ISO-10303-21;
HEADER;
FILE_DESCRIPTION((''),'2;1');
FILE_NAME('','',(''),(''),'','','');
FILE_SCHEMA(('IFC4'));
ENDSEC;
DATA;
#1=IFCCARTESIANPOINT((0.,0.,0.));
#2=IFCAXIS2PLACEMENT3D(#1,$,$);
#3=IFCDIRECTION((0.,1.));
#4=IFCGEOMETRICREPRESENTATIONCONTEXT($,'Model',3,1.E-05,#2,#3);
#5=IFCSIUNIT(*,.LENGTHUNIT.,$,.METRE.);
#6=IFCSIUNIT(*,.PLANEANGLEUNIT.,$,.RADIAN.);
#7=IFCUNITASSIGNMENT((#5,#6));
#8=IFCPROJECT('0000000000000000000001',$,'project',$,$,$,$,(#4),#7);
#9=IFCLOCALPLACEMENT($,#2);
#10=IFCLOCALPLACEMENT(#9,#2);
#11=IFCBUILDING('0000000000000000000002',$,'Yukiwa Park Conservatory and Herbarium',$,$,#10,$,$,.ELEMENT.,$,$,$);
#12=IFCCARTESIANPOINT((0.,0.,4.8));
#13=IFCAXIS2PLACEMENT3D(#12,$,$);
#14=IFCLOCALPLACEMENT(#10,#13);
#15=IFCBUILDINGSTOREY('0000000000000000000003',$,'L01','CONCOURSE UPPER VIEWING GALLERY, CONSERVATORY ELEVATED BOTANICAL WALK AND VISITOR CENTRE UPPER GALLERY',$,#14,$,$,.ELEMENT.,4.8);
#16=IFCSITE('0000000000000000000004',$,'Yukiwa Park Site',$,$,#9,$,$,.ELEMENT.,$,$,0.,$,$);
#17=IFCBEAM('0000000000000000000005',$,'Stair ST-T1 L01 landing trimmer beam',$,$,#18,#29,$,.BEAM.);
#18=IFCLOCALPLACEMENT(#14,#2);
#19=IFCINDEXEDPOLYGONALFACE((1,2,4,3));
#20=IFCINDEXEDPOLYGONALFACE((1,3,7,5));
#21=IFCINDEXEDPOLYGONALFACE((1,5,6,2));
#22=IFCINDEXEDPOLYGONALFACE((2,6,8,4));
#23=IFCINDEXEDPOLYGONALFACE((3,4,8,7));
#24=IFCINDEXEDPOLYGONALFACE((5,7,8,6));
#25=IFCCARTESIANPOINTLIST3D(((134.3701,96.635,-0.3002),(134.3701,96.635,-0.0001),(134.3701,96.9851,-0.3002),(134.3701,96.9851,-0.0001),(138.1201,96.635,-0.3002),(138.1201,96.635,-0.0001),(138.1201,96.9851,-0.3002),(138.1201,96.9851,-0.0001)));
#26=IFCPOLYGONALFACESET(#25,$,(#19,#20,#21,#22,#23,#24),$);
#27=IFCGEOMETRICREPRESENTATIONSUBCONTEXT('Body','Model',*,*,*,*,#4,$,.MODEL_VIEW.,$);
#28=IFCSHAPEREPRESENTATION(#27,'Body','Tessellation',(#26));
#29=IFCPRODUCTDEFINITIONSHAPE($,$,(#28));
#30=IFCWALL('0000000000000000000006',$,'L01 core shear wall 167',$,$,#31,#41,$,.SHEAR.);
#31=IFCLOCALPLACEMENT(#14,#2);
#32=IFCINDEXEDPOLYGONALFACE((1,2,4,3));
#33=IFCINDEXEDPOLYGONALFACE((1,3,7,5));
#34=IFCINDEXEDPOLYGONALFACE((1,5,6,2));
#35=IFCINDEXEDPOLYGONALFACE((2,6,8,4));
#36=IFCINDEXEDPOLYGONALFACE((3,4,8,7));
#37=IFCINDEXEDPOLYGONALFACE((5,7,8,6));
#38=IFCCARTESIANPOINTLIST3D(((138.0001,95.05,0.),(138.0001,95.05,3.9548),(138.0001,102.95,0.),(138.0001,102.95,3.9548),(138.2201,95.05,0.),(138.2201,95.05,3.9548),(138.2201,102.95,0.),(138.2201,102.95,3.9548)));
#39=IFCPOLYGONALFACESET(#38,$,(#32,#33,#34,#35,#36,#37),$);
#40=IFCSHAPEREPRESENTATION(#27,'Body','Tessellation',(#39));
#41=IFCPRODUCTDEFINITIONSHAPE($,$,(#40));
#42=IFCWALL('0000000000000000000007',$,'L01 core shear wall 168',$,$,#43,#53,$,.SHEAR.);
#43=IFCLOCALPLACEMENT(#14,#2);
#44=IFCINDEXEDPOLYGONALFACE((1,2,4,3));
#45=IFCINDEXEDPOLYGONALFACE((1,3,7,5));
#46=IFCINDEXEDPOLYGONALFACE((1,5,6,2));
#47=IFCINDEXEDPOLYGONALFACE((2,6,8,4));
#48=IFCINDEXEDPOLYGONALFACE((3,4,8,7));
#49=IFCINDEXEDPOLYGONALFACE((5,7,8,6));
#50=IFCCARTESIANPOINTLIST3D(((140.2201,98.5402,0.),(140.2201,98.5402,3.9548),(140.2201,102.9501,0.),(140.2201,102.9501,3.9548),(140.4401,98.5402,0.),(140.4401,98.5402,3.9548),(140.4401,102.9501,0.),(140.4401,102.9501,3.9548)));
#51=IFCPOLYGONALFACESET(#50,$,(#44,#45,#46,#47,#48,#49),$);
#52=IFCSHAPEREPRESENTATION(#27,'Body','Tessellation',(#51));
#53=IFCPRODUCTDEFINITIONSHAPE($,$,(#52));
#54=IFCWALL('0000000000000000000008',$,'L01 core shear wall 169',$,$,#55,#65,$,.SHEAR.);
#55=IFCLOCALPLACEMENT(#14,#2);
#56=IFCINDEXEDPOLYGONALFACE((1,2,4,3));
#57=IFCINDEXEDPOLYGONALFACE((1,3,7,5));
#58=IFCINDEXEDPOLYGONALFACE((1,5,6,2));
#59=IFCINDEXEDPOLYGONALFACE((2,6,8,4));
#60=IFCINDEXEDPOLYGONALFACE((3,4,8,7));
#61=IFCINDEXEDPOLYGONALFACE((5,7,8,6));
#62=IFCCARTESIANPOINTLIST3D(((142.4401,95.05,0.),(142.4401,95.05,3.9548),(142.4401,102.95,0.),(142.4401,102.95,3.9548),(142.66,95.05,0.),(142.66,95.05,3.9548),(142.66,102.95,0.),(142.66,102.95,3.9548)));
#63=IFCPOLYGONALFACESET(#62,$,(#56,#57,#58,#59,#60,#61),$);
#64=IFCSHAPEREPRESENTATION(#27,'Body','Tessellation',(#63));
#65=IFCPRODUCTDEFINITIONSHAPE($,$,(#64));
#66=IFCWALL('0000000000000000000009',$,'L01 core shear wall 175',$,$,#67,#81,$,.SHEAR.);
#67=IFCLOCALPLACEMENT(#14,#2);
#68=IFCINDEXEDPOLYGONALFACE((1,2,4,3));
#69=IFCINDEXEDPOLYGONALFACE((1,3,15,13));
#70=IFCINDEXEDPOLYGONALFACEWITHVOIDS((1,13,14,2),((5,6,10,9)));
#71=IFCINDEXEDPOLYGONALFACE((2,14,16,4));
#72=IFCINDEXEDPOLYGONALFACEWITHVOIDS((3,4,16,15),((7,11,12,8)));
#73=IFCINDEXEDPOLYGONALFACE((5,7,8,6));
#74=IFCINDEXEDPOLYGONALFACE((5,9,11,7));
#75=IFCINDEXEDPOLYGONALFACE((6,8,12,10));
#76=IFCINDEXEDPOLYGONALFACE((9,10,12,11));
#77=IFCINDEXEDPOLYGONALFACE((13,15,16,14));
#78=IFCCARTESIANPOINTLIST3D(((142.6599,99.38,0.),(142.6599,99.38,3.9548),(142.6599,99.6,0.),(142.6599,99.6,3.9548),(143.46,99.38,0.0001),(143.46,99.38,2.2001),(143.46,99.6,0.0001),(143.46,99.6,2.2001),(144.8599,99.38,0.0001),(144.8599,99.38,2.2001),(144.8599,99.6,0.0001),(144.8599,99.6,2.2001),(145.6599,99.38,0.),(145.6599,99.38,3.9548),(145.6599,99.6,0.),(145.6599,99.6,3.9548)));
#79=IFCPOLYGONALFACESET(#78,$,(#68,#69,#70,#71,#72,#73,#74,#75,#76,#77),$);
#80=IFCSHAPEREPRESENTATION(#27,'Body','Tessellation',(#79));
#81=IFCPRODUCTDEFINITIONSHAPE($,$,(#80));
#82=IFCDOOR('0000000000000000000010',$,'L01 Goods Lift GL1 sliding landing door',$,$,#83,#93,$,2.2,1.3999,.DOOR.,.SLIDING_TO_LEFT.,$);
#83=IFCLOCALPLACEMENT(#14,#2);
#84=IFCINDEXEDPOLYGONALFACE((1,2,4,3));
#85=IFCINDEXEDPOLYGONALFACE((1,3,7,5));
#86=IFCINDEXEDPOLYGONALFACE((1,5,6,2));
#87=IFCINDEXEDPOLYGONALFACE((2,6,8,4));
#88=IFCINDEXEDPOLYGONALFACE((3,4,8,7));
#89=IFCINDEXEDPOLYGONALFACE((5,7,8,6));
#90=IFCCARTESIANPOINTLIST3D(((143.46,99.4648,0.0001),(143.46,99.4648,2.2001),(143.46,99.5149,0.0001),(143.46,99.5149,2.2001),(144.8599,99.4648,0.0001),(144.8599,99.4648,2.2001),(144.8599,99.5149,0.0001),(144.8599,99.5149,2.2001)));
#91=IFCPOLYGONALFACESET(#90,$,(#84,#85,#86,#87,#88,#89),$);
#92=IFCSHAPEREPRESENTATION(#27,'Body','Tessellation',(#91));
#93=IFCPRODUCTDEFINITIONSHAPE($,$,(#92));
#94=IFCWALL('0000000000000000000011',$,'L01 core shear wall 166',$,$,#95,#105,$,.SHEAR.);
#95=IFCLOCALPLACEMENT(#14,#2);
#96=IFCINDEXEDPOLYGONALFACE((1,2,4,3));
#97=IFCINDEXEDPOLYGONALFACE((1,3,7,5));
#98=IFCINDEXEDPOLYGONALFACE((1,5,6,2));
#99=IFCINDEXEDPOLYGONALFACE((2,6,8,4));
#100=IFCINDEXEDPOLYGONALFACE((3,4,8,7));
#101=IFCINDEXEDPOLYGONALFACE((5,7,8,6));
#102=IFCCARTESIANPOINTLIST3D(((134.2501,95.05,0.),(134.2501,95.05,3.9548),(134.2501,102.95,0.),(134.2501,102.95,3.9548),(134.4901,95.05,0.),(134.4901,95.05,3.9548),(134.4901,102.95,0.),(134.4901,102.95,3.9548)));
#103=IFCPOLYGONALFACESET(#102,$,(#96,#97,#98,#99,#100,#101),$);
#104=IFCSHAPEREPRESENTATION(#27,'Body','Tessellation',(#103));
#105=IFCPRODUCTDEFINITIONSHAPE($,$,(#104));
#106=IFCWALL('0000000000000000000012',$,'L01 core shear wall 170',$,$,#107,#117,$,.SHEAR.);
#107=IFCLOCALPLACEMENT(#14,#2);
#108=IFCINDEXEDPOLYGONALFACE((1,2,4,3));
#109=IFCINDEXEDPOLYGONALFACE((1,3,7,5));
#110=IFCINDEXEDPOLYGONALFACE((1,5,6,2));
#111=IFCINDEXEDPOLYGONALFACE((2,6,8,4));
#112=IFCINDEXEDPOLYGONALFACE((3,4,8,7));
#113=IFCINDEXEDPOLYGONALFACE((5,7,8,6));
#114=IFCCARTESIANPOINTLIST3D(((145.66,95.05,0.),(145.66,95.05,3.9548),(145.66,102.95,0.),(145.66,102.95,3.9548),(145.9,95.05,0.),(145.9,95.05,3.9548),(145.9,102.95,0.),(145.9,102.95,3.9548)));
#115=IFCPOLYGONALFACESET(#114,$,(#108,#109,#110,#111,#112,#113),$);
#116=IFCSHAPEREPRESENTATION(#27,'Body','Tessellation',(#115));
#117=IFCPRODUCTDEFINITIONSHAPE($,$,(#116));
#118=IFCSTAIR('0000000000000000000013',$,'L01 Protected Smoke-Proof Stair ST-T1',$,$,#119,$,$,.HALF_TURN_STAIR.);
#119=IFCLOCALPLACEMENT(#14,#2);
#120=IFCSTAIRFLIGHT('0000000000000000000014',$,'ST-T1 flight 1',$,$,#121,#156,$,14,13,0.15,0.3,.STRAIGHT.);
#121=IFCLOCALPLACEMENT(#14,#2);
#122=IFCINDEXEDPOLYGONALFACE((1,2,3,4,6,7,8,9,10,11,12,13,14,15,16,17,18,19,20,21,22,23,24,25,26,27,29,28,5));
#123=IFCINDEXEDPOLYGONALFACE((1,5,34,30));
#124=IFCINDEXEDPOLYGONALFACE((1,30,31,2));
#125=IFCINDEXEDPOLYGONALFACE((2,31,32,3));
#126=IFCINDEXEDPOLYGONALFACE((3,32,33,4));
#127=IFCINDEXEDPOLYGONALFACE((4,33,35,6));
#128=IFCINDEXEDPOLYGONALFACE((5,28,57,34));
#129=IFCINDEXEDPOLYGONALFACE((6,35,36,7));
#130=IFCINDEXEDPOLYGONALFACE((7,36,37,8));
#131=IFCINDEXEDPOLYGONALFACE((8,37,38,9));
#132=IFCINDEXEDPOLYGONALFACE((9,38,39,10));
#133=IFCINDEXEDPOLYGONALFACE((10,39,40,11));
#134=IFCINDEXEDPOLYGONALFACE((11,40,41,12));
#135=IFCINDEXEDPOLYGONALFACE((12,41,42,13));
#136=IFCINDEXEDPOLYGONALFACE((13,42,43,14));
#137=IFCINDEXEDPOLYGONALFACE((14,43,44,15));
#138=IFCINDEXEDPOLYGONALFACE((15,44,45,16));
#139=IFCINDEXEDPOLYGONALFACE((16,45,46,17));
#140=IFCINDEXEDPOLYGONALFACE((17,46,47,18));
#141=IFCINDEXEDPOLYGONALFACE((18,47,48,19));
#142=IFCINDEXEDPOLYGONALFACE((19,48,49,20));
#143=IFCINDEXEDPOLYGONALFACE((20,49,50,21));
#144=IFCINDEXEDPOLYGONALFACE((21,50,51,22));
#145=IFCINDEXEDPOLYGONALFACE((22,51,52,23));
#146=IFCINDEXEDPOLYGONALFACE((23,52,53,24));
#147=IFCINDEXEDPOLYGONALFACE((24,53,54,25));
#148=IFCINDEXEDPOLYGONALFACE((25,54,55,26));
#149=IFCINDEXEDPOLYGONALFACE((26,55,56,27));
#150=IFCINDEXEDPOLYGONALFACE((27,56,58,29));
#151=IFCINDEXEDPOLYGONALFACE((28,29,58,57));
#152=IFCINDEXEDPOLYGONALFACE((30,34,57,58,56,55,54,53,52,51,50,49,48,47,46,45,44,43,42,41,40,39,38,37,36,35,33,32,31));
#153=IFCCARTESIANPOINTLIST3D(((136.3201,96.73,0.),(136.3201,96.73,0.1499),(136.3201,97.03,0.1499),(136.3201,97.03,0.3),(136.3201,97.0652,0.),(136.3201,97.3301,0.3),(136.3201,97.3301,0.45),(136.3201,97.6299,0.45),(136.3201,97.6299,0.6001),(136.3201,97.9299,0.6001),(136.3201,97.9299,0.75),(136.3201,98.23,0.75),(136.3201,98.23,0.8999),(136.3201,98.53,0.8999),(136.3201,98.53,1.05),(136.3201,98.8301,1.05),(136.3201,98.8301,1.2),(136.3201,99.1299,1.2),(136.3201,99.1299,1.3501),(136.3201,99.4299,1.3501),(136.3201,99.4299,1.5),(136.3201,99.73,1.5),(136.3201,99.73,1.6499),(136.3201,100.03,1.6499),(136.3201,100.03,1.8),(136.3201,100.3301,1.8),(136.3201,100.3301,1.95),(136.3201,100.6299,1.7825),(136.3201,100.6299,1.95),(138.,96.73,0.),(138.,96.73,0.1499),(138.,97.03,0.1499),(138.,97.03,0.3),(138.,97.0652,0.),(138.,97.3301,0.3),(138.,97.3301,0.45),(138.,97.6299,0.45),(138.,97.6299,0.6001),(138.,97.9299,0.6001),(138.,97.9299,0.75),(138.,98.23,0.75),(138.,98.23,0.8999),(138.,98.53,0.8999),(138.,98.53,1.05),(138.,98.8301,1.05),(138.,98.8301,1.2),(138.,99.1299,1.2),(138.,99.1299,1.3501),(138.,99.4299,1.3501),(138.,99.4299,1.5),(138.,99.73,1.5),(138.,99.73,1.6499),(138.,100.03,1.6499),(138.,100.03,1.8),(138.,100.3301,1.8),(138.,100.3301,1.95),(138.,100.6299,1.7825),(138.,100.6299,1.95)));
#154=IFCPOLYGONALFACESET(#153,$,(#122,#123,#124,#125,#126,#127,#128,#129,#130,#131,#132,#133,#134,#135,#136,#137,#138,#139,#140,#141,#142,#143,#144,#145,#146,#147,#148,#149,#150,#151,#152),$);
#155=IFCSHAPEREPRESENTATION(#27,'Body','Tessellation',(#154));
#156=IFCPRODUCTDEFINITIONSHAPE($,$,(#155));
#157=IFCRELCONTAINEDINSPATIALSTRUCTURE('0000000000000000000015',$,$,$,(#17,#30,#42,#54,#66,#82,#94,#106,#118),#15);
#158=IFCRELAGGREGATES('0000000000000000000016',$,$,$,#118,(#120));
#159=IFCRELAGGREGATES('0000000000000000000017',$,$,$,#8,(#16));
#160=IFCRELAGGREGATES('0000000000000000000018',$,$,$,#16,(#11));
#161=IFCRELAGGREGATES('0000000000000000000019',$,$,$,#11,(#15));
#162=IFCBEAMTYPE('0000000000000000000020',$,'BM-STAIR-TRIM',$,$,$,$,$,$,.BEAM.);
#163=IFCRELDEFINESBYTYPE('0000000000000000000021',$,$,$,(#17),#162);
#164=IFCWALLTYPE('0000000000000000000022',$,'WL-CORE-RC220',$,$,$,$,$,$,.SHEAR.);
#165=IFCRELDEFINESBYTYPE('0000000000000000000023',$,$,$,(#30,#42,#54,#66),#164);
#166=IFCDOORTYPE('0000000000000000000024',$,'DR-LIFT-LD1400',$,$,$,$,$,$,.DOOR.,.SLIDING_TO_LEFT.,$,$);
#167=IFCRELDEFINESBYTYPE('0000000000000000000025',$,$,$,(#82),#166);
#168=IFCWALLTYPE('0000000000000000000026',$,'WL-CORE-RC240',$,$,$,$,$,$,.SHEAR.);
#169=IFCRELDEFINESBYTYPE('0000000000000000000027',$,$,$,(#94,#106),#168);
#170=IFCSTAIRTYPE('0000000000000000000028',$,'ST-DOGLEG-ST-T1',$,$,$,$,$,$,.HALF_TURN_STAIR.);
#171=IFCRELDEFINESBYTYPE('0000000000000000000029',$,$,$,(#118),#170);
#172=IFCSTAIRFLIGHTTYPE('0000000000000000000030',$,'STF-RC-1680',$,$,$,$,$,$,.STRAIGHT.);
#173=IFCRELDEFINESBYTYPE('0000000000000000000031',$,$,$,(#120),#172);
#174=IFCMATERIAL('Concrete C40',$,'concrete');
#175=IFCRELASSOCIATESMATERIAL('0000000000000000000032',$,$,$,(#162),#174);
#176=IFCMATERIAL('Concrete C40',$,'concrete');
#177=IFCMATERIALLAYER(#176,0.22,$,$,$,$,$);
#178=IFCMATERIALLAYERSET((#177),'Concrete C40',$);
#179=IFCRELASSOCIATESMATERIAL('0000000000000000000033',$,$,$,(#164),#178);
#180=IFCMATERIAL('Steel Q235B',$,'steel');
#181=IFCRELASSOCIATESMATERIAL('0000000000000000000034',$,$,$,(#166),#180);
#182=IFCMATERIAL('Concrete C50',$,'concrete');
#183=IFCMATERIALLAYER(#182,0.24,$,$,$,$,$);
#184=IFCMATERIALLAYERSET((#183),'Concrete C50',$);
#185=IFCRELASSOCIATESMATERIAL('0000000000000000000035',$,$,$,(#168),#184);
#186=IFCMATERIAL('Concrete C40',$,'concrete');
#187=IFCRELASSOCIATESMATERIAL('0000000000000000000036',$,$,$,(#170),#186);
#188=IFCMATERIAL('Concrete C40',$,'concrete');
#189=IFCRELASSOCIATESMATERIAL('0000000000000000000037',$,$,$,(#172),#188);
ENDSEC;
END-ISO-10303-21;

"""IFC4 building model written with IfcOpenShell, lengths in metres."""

from ifc_helpers import new_model, si_unit, direction, frame, frame_2d, origin, origin_2d, place, context, subcontext, project, spatial, polyline, rectangle, outline, extrude, material, layer, layer_set, material_profile, profile_set, type_object, element, fill, aggregate, save


model = new_model("IFC4")

# Units and contexts
model_context = context("Model", 3, precision=1e-05, world=origin(), true_north=direction((0.0, 1.0)))
body_context = subcontext(model_context, "Body", "Model", "MODEL_VIEW")
ifc_project = project(units=[si_unit("LENGTHUNIT", "METRE"), si_unit("PLANEANGLEUNIT", "RADIAN")], contexts=[model_context])

# Site, building, storey
site_placement = place(None, origin())
site = spatial("IfcSite", under=ifc_project, at=site_placement, Name="Yukiwa Park Site", CompositionType="ELEMENT", RefElevation=0.0)
building_placement = place(site_placement, origin())
building = spatial("IfcBuilding", under=site, at=building_placement, Name="Yukiwa Park Conservatory and Herbarium", CompositionType="ELEMENT")
storey_placement = place(building_placement, frame((0.0, 0.0, 4.8)))
storey = spatial("IfcBuildingStorey", under=building, at=storey_placement, Name="L01", Description="CONCOURSE UPPER VIEWING GALLERY, CONSERVATORY ELEVATED BOTANICAL WALK AND VISITOR CENTRE UPPER GALLERY", CompositionType="ELEMENT", Elevation=4.8)

# Beam
ifc_material_1 = material(Name="Concrete C40", Category="concrete")
ifc_material_profile = material_profile(ifc_material_1, rectangle(XDim=0.3501, YDim=0.3, at=origin_2d()), Name="RC 350x300")
ifc_profile_set = profile_set([ifc_material_profile], Name="Concrete C40")
beam_type = type_object("IfcBeamType", Name="BM-STAIR-TRIM", PredefinedType="BEAM", material=ifc_profile_set)
beam_placement = place(storey_placement, frame((134.3701, 96.8101, -0.1501), z_axis=(1.0, 0.0, 0.0), x_axis=(0.0, 1.0, 0.0)))
element("IfcBeam", 1, at=beam_placement, inside=storey, type_object=beam_type, Name="Stair ST-T1 L01 landing trimmer beam", PredefinedType="BEAM", context=body_context, shape_type="SweptSolid", body=[
    extrude(rectangle(XDim=0.3501, YDim=0.3, at=origin_2d()), origin(), (0.0, 0.0, 1.0), 3.75),
])

# Walls
ifc_material_2 = material(Name="Concrete C40", Category="concrete")
ifc_layer_1 = layer(ifc_material_2, 0.22)
ifc_layer_set_1 = layer_set([ifc_layer_1], Name="Concrete C40")
wall_type_1 = type_object("IfcWallType", Name="WL-CORE-RC220", PredefinedType="SHEAR", material=ifc_layer_set_1)
wall_1_placement = place(storey_placement, frame((138.1101, 95.05, 0.0), z_axis=(0.0, 0.0, 1.0), x_axis=(0.0, 1.0, 0.0)))
element("IfcWall", 2, at=wall_1_placement, inside=storey, type_object=wall_type_1, Name="L01 core shear wall 167", PredefinedType="SHEAR", context=body_context, shape_type="SweptSolid", body=[
    extrude(rectangle(XDim=7.8999, YDim=0.22, at=frame_2d((3.95, 0.0))), origin(), (0.0, 0.0, 1.0), 3.9548),
])
wall_2_placement = place(storey_placement, frame((140.3301, 98.54, 0.0), z_axis=(0.0, 0.0, 1.0), x_axis=(0.0, 1.0, 0.0)))
element("IfcWall", 3, at=wall_2_placement, inside=storey, type_object=wall_type_1, Name="L01 core shear wall 168", PredefinedType="SHEAR", context=body_context, shape_type="SweptSolid", body=[
    extrude(rectangle(XDim=4.4099, YDim=0.22, at=frame_2d((2.2051, 0.0))), origin(), (0.0, 0.0, 1.0), 3.9548),
])
wall_3_placement = place(storey_placement, frame((142.55, 95.05, 0.0), z_axis=(0.0, 0.0, 1.0), x_axis=(0.0, 1.0, 0.0)))
element("IfcWall", 4, at=wall_3_placement, inside=storey, type_object=wall_type_1, Name="L01 core shear wall 169", PredefinedType="SHEAR", context=body_context, shape_type="SweptSolid", body=[
    extrude(rectangle(XDim=7.8999, YDim=0.22, at=frame_2d((3.95, 0.0))), origin(), (0.0, 0.0, 1.0), 3.9548),
])

# Wall, opening, door
wall_4_placement = place(storey_placement, frame((142.6599, 99.49, 0.0), z_axis=(0.0, 0.0, 1.0), x_axis=(1.0, 0.0, 0.0)))
wall_4 = element("IfcWall", 5, at=wall_4_placement, inside=storey, type_object=wall_type_1, Name="L01 core shear wall 175", PredefinedType="SHEAR", context=body_context, shape_type="SweptSolid", body=[
    extrude(rectangle(XDim=3.0, YDim=0.22, at=frame_2d((1.5, 0.0))), origin(), (0.0, 0.0, 1.0), 3.9548),
])
opening_1_placement = place(wall_4_placement, frame((0.8, 0.0, 0.0)))
opening_1 = element("IfcOpeningElement", 6, at=opening_1_placement, cuts=wall_4, PredefinedType="OPENING", context=body_context, shape_type="SweptSolid", body=[
    extrude(rectangle(XDim=1.3999, YDim=2.2, at=frame_2d((0.7, 1.1001))), frame((0.0, 0.1201, 0.0), z_axis=(0.0, -1.0, 0.0), x_axis=(1.0, 0.0, 0.0)), (0.0, 0.0, 1.0), 0.24),
])
ifc_material_3 = material(Name="Steel Q235B", Category="steel")
door_type_1 = type_object("IfcDoorType", Name="DR-LIFT-LD1400", OperationType="SLIDING_TO_LEFT", PredefinedType="DOOR", material=ifc_material_3)
door_1_placement = place(opening_1_placement, origin())
door_1 = element("IfcDoor", 7, at=door_1_placement, inside=storey, type_object=door_type_1, Name="L01 Goods Lift GL1 sliding landing door", OperationType="SLIDING_TO_LEFT", OverallHeight=2.2, OverallWidth=1.3999, PredefinedType="DOOR", context=body_context, shape_type="SweptSolid", body=[
    extrude(rectangle(XDim=1.3999, YDim=2.2, at=frame_2d((0.7, 1.1001))), frame((0.0, 0.0249, 0.0), z_axis=(0.0, -1.0, 0.0), x_axis=(1.0, 0.0, 0.0)), (0.0, 0.0, 1.0), 0.05),
])
fill(opening_1, door_1)

# Shared definitions
ifc_material_4 = material(Name="Concrete C50", Category="concrete")
ifc_layer_2 = layer(ifc_material_4, 0.24)
ifc_layer_set_2 = layer_set([ifc_layer_2], Name="Concrete C50")
wall_type_2 = type_object("IfcWallType", Name="WL-CORE-RC240", PredefinedType="SHEAR", material=ifc_layer_set_2)

# Walls
for number, where, z_axis, x_axis, name in (
    (8, (134.3701, 95.05, 0.0), (0.0, 0.0, 1.0), (0.0, 1.0, 0.0), "L01 core shear wall 166"),
    (9, (145.78, 95.05, 0.0), (0.0, 0.0, 1.0), (0.0, 1.0, 0.0), "L01 core shear wall 170"),
):
    element("IfcWall", number, at=place(storey_placement, frame(where, z_axis=z_axis, x_axis=x_axis)), inside=storey, type_object=wall_type_2, Name=name, PredefinedType="SHEAR", context=body_context, shape_type="SweptSolid", body=[
        extrude(rectangle(XDim=7.8999, YDim=0.24, at=frame_2d((3.95, 0.0))), origin(), (0.0, 0.0, 1.0), 3.9548),
    ])

# Stair, stair flight
ifc_material_5 = material(Name="Concrete C40", Category="concrete")
stair_type = type_object("IfcStairType", Name="ST-DOGLEG-ST-T1", PredefinedType="HALF_TURN_STAIR", material=ifc_material_5)
stair_placement = place(storey_placement, origin())
stair = element("IfcStair", 10, at=stair_placement, inside=storey, type_object=stair_type, Name="L01 Protected Smoke-Proof Stair ST-T1", PredefinedType="HALF_TURN_STAIR")
ifc_material_6 = material(Name="Concrete C40", Category="concrete")
stair_flight_type = type_object("IfcStairFlightType", Name="STF-RC-1680", PredefinedType="STRAIGHT", material=ifc_material_6)
stair_flight_placement = place(storey_placement, frame((137.1599, 96.73, 0.0), z_axis=(0.0, 0.0, 1.0), x_axis=(0.0, 1.0, 0.0)))
stair_flight = element("IfcStairFlight", 11, at=stair_flight_placement, type_object=stair_flight_type, Name="ST-T1 flight 1", NumberOfRisers=14, NumberOfTreads=13, PredefinedType="STRAIGHT", RiserHeight=0.15, TreadLength=0.3, context=body_context, shape_type="SweptSolid", body=[
    extrude(outline(polyline([(0.0, 0.0), (0.0, 0.1499), (0.3, 0.1499), (0.3, 0.3), (0.6001, 0.3), (0.6001, 0.45), (0.8999, 0.45), (0.8999, 0.6001), (1.2, 0.6001), (1.2, 0.75), (1.5, 0.75), (1.5, 0.8999), (1.8, 0.8999), (1.8, 1.05), (2.1001, 1.05), (2.1001, 1.2), (2.3999, 1.2), (2.3999, 1.3501), (2.7, 1.3501), (2.7, 1.5), (3.0, 1.5), (3.0, 1.6499), (3.3, 1.6499), (3.3, 1.8), (3.6001, 1.8), (3.6001, 1.95), (3.8999, 1.95), (3.8999, 2.1001), (3.8999, 1.7825), (0.3352, 0.0), (0.0, 0.0)])), frame((0.0, 0.8398, 0.0), z_axis=(0.0, -1.0, 0.0), x_axis=(1.0, 0.0, 0.0)), (0.0, 0.0, 1.0), 1.6799),
])
aggregate(stair, [stair_flight])

save(model, "model.ifc")
